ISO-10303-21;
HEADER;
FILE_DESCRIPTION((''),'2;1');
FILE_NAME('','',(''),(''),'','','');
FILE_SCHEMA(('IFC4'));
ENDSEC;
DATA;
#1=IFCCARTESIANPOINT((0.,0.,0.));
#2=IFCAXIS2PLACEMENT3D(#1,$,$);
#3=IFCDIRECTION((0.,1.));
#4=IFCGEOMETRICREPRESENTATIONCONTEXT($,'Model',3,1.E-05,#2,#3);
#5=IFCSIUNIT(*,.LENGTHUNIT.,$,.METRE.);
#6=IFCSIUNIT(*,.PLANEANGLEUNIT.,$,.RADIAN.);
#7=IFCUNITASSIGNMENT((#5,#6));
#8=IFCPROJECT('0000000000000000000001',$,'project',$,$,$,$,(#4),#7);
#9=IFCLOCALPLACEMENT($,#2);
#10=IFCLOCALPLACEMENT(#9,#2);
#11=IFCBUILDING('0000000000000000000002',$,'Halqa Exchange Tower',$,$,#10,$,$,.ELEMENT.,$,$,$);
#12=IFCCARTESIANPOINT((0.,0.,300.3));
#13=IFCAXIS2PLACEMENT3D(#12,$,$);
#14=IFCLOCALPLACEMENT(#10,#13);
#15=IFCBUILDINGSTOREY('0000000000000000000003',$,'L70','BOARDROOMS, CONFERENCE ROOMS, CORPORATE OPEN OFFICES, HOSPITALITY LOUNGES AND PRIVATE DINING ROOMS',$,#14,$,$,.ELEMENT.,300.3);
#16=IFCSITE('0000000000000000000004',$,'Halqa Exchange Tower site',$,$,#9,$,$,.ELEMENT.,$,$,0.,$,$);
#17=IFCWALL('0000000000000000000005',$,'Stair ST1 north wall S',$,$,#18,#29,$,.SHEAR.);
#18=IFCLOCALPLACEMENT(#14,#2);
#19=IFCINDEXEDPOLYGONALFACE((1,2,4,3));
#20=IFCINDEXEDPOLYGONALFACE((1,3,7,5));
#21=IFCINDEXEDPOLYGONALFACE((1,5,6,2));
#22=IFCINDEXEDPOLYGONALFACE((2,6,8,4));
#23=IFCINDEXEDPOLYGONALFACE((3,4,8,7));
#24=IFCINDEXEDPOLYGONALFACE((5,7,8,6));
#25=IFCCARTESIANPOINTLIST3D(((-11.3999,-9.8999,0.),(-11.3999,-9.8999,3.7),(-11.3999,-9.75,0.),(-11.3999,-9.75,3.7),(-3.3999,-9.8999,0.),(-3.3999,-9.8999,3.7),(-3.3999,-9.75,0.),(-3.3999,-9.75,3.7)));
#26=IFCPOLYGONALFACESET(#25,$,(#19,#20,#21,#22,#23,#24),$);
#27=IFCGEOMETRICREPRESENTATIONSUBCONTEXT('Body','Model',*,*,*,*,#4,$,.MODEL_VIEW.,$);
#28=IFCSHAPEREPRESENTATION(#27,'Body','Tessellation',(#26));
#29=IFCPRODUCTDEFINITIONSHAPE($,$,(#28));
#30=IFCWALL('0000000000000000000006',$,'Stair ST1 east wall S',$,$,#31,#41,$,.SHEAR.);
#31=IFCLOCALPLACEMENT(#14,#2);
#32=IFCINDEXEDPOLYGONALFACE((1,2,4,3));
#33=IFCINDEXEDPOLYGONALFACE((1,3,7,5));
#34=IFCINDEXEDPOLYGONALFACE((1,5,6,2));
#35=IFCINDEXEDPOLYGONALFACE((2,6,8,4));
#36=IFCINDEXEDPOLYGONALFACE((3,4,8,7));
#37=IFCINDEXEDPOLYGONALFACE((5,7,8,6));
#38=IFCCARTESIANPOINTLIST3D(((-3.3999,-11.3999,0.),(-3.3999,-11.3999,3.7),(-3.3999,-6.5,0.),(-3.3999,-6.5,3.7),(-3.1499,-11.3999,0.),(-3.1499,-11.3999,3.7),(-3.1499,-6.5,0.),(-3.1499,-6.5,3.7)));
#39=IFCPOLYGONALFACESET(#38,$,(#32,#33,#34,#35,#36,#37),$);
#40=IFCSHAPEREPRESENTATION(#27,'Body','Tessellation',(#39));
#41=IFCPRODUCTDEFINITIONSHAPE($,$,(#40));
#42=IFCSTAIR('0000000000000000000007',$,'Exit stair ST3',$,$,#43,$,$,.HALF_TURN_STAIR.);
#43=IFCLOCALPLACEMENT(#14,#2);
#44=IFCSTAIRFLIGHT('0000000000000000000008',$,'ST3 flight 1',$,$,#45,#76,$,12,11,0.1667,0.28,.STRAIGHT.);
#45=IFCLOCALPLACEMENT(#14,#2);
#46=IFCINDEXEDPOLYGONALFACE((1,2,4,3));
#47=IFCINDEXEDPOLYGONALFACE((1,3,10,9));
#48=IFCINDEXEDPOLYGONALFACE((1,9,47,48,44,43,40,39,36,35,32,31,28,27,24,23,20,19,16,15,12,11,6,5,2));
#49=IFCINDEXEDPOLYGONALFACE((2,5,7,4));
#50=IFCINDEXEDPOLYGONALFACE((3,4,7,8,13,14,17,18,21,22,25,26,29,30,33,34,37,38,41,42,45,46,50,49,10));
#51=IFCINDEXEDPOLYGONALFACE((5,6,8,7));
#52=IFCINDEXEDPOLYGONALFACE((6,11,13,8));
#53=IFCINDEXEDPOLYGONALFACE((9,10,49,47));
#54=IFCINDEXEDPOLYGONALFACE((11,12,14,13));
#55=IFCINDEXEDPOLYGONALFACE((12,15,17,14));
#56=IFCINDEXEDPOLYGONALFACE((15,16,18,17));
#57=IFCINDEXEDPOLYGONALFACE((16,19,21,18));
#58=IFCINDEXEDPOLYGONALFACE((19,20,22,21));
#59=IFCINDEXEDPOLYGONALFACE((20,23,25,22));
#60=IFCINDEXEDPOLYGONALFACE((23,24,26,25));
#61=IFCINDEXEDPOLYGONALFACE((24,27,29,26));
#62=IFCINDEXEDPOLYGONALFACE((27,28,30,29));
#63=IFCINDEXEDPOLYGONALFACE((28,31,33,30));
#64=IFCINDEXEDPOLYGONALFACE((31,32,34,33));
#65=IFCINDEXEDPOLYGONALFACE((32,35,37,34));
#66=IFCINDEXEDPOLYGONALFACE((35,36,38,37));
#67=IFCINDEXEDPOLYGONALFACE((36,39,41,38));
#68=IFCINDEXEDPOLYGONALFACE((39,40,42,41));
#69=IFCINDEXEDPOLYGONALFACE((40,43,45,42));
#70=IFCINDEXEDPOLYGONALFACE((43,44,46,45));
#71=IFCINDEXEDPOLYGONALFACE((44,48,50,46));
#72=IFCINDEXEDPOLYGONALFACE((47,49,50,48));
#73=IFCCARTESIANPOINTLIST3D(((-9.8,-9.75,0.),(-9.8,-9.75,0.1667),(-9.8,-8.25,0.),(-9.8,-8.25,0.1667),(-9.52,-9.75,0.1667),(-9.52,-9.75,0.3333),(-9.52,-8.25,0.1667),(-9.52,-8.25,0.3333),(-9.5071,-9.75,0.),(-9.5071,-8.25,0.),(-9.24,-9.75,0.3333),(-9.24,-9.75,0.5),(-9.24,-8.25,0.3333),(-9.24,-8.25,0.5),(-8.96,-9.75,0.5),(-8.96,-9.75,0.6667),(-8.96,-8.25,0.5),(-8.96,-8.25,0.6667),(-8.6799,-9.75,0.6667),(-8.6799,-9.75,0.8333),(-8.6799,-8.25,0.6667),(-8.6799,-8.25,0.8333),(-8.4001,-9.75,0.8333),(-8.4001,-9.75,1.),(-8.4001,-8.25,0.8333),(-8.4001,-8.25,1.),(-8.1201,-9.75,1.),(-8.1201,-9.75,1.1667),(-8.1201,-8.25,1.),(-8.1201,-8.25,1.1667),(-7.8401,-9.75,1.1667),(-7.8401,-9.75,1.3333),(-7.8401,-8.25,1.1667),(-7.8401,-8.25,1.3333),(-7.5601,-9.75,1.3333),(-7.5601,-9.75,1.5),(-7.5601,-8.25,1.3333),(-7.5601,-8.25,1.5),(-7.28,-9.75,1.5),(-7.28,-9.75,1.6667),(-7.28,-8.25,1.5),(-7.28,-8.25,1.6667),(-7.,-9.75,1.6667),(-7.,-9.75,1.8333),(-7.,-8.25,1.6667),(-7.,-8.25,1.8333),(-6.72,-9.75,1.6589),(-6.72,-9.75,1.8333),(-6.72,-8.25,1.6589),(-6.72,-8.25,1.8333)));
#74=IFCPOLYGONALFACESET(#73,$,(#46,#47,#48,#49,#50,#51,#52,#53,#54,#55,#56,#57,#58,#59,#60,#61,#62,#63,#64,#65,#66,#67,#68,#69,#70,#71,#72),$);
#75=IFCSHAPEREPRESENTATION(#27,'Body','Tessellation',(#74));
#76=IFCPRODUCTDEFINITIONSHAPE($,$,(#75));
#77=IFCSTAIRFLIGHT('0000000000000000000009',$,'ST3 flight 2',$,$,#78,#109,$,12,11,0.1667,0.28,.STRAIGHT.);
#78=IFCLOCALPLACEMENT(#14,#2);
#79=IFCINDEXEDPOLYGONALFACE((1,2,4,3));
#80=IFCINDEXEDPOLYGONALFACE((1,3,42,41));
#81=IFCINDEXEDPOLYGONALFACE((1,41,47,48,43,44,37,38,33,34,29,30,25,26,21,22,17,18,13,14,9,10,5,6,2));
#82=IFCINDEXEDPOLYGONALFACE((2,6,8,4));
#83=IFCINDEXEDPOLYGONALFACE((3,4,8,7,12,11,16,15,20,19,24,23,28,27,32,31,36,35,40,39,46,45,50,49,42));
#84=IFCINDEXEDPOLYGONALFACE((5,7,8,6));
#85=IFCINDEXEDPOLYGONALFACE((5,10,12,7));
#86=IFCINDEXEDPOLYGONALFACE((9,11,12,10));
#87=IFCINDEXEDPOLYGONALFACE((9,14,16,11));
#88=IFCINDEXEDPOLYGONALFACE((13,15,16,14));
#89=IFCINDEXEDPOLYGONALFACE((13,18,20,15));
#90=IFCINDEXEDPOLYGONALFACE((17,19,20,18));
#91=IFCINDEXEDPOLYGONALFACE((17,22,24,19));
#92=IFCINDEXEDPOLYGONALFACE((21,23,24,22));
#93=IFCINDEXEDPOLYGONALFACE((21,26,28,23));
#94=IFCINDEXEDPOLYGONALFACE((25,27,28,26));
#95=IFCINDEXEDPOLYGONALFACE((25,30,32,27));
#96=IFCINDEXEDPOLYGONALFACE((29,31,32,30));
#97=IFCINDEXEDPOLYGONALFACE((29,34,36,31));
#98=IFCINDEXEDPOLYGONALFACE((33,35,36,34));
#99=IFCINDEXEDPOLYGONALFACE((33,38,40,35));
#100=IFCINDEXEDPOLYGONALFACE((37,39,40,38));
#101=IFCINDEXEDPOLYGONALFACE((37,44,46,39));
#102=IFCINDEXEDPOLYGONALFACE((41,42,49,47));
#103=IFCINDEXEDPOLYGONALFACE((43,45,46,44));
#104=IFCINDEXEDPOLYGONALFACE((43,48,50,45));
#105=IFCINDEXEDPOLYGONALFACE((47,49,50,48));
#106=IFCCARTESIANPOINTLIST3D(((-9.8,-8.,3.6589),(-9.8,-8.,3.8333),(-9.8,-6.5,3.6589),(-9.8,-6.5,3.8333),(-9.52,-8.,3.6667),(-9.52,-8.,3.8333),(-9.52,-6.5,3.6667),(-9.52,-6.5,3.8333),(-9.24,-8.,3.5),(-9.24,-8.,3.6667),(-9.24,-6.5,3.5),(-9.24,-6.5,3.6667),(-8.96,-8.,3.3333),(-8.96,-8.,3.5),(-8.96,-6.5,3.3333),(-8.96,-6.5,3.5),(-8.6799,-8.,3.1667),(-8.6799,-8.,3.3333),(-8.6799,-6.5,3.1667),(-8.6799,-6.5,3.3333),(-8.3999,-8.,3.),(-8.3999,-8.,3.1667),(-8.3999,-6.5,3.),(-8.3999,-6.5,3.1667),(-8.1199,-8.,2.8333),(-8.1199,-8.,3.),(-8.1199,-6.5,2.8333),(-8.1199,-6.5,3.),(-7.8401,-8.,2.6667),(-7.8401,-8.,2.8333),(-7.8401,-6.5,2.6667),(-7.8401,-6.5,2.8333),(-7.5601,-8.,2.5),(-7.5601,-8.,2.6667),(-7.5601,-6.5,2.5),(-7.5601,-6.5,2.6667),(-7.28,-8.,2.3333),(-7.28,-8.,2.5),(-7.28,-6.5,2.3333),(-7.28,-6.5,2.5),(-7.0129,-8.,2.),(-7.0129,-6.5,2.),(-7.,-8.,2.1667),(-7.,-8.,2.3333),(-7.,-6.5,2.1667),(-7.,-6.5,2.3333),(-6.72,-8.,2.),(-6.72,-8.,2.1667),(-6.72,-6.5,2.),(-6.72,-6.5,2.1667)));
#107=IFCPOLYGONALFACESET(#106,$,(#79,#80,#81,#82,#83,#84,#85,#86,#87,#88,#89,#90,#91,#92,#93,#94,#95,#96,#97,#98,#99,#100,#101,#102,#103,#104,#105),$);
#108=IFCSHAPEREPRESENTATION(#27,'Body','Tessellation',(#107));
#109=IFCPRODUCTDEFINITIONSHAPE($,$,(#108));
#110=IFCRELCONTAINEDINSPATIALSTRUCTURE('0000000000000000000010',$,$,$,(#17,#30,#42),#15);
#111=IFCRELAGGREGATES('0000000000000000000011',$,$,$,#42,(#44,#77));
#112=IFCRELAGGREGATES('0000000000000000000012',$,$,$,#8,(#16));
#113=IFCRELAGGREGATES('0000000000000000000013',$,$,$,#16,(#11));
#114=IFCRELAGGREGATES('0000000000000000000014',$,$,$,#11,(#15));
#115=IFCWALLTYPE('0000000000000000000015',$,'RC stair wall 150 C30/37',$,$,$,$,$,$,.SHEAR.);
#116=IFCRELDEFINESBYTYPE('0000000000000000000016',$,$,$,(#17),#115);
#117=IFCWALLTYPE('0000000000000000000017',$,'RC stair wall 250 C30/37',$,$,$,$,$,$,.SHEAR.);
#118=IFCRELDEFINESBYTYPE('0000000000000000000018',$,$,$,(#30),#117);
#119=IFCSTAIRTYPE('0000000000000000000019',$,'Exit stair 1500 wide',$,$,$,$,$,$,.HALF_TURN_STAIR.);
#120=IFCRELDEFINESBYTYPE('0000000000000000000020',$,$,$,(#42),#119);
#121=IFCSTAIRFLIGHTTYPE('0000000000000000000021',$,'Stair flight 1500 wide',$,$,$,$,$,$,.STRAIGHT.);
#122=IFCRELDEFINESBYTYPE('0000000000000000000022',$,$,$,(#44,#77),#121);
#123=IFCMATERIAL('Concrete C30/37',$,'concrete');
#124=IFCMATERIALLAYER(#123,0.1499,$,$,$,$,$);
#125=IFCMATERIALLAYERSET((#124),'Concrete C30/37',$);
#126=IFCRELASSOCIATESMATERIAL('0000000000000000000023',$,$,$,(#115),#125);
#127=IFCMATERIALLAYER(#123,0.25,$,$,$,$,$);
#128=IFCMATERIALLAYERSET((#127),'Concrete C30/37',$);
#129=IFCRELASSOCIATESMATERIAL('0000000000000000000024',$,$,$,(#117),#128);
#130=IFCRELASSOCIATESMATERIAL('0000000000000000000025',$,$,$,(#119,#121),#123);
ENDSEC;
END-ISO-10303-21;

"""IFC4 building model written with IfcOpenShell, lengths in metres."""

from ifc_helpers import new_model, si_unit, direction, frame, frame_2d, origin, place, context, subcontext, project, spatial, polyline, rectangle, outline, extrude, material, layer, layer_set, type_object, element, aggregate, save


model = new_model("IFC4")

# Units and contexts
model_context = context("Model", 3, precision=1e-05, world=origin(), true_north=direction((0.0, 1.0)))
body_context = subcontext(model_context, "Body", "Model", "MODEL_VIEW")
ifc_project = project(units=[si_unit("LENGTHUNIT", "METRE"), si_unit("PLANEANGLEUNIT", "RADIAN")], contexts=[model_context])

# Site, building, storey
site_placement = place(None, origin())
site = spatial("IfcSite", under=ifc_project, at=site_placement, Name="Halqa Exchange Tower site", CompositionType="ELEMENT", RefElevation=0.0)
building_placement = place(site_placement, origin())
building = spatial("IfcBuilding", under=site, at=building_placement, Name="Halqa Exchange Tower", CompositionType="ELEMENT")
storey_placement = place(building_placement, frame((0.0, 0.0, 300.3)))
storey = spatial("IfcBuildingStorey", under=building, at=storey_placement, Name="L70", Description="BOARDROOMS, CONFERENCE ROOMS, CORPORATE OPEN OFFICES, HOSPITALITY LOUNGES AND PRIVATE DINING ROOMS", CompositionType="ELEMENT", Elevation=300.3)

# Walls
ifc_material_1 = material(Name="Concrete C30/37", Category="concrete")
ifc_layer_1 = layer(ifc_material_1, 0.1499)
ifc_layer_set_1 = layer_set([ifc_layer_1], Name="Concrete C30/37")
wall_type_1 = type_object("IfcWallType", Name="RC stair wall 150 C30/37", PredefinedType="SHEAR", material=ifc_layer_set_1)
wall_1_placement = place(storey_placement, frame((-11.3999, -9.825, 0.0), z_axis=(0.0, 0.0, 1.0), x_axis=(1.0, 0.0, 0.0)))
element("IfcWall", 1, at=wall_1_placement, inside=storey, type_object=wall_type_1, Name="Stair ST1 north wall S", PredefinedType="SHEAR", context=body_context, shape_type="SweptSolid", body=[
    extrude(rectangle(XDim=8.0, YDim=0.1499, at=frame_2d((4.0, 0.0))), origin(), (0.0, 0.0, 1.0), 3.7),
])
ifc_layer_2 = layer(ifc_material_1, 0.25)
ifc_layer_set_2 = layer_set([ifc_layer_2], Name="Concrete C30/37")
wall_type_2 = type_object("IfcWallType", Name="RC stair wall 250 C30/37", PredefinedType="SHEAR", material=ifc_layer_set_2)
wall_2_placement = place(storey_placement, frame((-3.2749, -11.3999, 0.0), z_axis=(0.0, 0.0, 1.0), x_axis=(0.0, 1.0, 0.0)))
element("IfcWall", 2, at=wall_2_placement, inside=storey, type_object=wall_type_2, Name="Stair ST1 east wall S", PredefinedType="SHEAR", context=body_context, shape_type="SweptSolid", body=[
    extrude(rectangle(XDim=4.8999, YDim=0.25, at=frame_2d((2.45, 0.0))), origin(), (0.0, 0.0, 1.0), 3.7),
])

# Stair, stair flights
stair_type = type_object("IfcStairType", Name="Exit stair 1500 wide", PredefinedType="HALF_TURN_STAIR", material=ifc_material_1)
stair_placement = place(storey_placement, origin())
stair = element("IfcStair", 3, at=stair_placement, inside=storey, type_object=stair_type, Name="Exit stair ST3", PredefinedType="HALF_TURN_STAIR")
stair_flight_type = type_object("IfcStairFlightType", Name="Stair flight 1500 wide", PredefinedType="STRAIGHT", material=ifc_material_1)
stair_flight_1_placement = place(storey_placement, frame((-9.8, -9.0, 0.0), z_axis=(0.0, 0.0, 1.0), x_axis=(1.0, 0.0, 0.0)))
stair_flight_1 = element("IfcStairFlight", 4, at=stair_flight_1_placement, type_object=stair_flight_type, Name="ST3 flight 1", NumberOfRisers=12, NumberOfTreads=11, PredefinedType="STRAIGHT", RiserHeight=0.1667, TreadLength=0.28, context=body_context, shape_type="SweptSolid", body=[
    extrude(outline(polyline([(0.0, 0.0), (0.0, 0.1667), (0.28, 0.1667), (0.28, 0.3333), (0.5601, 0.3333), (0.5601, 0.5), (0.8401, 0.5), (0.8401, 0.6667), (1.1201, 0.6667), (1.1201, 0.8333), (1.3999, 0.8333), (1.3999, 1.0), (1.6799, 1.0), (1.6799, 1.1667), (1.96, 1.1667), (1.96, 1.3333), (2.24, 1.3333), (2.24, 1.5), (2.52, 1.5), (2.52, 1.6667), (2.8, 1.6667), (2.8, 1.8333), (3.0801, 1.8333), (3.0801, 2.0), (3.0801, 1.6589), (0.293, 0.0), (0.0, 0.0)])), frame((0.0, 0.75, 0.0), z_axis=(0.0, -1.0, 0.0), x_axis=(1.0, 0.0, 0.0)), (0.0, 0.0, 1.0), 1.5),
])
stair_flight_2_placement = place(storey_placement, frame((-6.72, -7.25, 2.0), z_axis=(0.0, 0.0, 1.0), x_axis=(-1.0, 0.0, 0.0)))
stair_flight_2 = element("IfcStairFlight", 5, at=stair_flight_2_placement, type_object=stair_flight_type, Name="ST3 flight 2", NumberOfRisers=12, NumberOfTreads=11, PredefinedType="STRAIGHT", RiserHeight=0.1667, TreadLength=0.28, context=body_context, shape_type="SweptSolid", body=[
    extrude(outline(polyline([(0.0, 0.0), (0.0, 0.1667), (0.28, 0.1667), (0.28, 0.3333), (0.5601, 0.3333), (0.5601, 0.5), (0.8401, 0.5), (0.8401, 0.6667), (1.1201, 0.6667), (1.1201, 0.8333), (1.3999, 0.8333), (1.3999, 1.0), (1.6799, 1.0), (1.6799, 1.1667), (1.96, 1.1667), (1.96, 1.3333), (2.24, 1.3333), (2.24, 1.5), (2.52, 1.5), (2.52, 1.6667), (2.8, 1.6667), (2.8, 1.8333), (3.0801, 1.8333), (3.0801, 2.0), (3.0801, 1.6589), (0.293, 0.0), (0.0, 0.0)])), frame((0.0, 0.75, 0.0), z_axis=(0.0, -1.0, 0.0), x_axis=(1.0, 0.0, 0.0)), (0.0, 0.0, 1.0), 1.5),
])
aggregate(stair, [stair_flight_1, stair_flight_2])

save(model, "model.ifc")
